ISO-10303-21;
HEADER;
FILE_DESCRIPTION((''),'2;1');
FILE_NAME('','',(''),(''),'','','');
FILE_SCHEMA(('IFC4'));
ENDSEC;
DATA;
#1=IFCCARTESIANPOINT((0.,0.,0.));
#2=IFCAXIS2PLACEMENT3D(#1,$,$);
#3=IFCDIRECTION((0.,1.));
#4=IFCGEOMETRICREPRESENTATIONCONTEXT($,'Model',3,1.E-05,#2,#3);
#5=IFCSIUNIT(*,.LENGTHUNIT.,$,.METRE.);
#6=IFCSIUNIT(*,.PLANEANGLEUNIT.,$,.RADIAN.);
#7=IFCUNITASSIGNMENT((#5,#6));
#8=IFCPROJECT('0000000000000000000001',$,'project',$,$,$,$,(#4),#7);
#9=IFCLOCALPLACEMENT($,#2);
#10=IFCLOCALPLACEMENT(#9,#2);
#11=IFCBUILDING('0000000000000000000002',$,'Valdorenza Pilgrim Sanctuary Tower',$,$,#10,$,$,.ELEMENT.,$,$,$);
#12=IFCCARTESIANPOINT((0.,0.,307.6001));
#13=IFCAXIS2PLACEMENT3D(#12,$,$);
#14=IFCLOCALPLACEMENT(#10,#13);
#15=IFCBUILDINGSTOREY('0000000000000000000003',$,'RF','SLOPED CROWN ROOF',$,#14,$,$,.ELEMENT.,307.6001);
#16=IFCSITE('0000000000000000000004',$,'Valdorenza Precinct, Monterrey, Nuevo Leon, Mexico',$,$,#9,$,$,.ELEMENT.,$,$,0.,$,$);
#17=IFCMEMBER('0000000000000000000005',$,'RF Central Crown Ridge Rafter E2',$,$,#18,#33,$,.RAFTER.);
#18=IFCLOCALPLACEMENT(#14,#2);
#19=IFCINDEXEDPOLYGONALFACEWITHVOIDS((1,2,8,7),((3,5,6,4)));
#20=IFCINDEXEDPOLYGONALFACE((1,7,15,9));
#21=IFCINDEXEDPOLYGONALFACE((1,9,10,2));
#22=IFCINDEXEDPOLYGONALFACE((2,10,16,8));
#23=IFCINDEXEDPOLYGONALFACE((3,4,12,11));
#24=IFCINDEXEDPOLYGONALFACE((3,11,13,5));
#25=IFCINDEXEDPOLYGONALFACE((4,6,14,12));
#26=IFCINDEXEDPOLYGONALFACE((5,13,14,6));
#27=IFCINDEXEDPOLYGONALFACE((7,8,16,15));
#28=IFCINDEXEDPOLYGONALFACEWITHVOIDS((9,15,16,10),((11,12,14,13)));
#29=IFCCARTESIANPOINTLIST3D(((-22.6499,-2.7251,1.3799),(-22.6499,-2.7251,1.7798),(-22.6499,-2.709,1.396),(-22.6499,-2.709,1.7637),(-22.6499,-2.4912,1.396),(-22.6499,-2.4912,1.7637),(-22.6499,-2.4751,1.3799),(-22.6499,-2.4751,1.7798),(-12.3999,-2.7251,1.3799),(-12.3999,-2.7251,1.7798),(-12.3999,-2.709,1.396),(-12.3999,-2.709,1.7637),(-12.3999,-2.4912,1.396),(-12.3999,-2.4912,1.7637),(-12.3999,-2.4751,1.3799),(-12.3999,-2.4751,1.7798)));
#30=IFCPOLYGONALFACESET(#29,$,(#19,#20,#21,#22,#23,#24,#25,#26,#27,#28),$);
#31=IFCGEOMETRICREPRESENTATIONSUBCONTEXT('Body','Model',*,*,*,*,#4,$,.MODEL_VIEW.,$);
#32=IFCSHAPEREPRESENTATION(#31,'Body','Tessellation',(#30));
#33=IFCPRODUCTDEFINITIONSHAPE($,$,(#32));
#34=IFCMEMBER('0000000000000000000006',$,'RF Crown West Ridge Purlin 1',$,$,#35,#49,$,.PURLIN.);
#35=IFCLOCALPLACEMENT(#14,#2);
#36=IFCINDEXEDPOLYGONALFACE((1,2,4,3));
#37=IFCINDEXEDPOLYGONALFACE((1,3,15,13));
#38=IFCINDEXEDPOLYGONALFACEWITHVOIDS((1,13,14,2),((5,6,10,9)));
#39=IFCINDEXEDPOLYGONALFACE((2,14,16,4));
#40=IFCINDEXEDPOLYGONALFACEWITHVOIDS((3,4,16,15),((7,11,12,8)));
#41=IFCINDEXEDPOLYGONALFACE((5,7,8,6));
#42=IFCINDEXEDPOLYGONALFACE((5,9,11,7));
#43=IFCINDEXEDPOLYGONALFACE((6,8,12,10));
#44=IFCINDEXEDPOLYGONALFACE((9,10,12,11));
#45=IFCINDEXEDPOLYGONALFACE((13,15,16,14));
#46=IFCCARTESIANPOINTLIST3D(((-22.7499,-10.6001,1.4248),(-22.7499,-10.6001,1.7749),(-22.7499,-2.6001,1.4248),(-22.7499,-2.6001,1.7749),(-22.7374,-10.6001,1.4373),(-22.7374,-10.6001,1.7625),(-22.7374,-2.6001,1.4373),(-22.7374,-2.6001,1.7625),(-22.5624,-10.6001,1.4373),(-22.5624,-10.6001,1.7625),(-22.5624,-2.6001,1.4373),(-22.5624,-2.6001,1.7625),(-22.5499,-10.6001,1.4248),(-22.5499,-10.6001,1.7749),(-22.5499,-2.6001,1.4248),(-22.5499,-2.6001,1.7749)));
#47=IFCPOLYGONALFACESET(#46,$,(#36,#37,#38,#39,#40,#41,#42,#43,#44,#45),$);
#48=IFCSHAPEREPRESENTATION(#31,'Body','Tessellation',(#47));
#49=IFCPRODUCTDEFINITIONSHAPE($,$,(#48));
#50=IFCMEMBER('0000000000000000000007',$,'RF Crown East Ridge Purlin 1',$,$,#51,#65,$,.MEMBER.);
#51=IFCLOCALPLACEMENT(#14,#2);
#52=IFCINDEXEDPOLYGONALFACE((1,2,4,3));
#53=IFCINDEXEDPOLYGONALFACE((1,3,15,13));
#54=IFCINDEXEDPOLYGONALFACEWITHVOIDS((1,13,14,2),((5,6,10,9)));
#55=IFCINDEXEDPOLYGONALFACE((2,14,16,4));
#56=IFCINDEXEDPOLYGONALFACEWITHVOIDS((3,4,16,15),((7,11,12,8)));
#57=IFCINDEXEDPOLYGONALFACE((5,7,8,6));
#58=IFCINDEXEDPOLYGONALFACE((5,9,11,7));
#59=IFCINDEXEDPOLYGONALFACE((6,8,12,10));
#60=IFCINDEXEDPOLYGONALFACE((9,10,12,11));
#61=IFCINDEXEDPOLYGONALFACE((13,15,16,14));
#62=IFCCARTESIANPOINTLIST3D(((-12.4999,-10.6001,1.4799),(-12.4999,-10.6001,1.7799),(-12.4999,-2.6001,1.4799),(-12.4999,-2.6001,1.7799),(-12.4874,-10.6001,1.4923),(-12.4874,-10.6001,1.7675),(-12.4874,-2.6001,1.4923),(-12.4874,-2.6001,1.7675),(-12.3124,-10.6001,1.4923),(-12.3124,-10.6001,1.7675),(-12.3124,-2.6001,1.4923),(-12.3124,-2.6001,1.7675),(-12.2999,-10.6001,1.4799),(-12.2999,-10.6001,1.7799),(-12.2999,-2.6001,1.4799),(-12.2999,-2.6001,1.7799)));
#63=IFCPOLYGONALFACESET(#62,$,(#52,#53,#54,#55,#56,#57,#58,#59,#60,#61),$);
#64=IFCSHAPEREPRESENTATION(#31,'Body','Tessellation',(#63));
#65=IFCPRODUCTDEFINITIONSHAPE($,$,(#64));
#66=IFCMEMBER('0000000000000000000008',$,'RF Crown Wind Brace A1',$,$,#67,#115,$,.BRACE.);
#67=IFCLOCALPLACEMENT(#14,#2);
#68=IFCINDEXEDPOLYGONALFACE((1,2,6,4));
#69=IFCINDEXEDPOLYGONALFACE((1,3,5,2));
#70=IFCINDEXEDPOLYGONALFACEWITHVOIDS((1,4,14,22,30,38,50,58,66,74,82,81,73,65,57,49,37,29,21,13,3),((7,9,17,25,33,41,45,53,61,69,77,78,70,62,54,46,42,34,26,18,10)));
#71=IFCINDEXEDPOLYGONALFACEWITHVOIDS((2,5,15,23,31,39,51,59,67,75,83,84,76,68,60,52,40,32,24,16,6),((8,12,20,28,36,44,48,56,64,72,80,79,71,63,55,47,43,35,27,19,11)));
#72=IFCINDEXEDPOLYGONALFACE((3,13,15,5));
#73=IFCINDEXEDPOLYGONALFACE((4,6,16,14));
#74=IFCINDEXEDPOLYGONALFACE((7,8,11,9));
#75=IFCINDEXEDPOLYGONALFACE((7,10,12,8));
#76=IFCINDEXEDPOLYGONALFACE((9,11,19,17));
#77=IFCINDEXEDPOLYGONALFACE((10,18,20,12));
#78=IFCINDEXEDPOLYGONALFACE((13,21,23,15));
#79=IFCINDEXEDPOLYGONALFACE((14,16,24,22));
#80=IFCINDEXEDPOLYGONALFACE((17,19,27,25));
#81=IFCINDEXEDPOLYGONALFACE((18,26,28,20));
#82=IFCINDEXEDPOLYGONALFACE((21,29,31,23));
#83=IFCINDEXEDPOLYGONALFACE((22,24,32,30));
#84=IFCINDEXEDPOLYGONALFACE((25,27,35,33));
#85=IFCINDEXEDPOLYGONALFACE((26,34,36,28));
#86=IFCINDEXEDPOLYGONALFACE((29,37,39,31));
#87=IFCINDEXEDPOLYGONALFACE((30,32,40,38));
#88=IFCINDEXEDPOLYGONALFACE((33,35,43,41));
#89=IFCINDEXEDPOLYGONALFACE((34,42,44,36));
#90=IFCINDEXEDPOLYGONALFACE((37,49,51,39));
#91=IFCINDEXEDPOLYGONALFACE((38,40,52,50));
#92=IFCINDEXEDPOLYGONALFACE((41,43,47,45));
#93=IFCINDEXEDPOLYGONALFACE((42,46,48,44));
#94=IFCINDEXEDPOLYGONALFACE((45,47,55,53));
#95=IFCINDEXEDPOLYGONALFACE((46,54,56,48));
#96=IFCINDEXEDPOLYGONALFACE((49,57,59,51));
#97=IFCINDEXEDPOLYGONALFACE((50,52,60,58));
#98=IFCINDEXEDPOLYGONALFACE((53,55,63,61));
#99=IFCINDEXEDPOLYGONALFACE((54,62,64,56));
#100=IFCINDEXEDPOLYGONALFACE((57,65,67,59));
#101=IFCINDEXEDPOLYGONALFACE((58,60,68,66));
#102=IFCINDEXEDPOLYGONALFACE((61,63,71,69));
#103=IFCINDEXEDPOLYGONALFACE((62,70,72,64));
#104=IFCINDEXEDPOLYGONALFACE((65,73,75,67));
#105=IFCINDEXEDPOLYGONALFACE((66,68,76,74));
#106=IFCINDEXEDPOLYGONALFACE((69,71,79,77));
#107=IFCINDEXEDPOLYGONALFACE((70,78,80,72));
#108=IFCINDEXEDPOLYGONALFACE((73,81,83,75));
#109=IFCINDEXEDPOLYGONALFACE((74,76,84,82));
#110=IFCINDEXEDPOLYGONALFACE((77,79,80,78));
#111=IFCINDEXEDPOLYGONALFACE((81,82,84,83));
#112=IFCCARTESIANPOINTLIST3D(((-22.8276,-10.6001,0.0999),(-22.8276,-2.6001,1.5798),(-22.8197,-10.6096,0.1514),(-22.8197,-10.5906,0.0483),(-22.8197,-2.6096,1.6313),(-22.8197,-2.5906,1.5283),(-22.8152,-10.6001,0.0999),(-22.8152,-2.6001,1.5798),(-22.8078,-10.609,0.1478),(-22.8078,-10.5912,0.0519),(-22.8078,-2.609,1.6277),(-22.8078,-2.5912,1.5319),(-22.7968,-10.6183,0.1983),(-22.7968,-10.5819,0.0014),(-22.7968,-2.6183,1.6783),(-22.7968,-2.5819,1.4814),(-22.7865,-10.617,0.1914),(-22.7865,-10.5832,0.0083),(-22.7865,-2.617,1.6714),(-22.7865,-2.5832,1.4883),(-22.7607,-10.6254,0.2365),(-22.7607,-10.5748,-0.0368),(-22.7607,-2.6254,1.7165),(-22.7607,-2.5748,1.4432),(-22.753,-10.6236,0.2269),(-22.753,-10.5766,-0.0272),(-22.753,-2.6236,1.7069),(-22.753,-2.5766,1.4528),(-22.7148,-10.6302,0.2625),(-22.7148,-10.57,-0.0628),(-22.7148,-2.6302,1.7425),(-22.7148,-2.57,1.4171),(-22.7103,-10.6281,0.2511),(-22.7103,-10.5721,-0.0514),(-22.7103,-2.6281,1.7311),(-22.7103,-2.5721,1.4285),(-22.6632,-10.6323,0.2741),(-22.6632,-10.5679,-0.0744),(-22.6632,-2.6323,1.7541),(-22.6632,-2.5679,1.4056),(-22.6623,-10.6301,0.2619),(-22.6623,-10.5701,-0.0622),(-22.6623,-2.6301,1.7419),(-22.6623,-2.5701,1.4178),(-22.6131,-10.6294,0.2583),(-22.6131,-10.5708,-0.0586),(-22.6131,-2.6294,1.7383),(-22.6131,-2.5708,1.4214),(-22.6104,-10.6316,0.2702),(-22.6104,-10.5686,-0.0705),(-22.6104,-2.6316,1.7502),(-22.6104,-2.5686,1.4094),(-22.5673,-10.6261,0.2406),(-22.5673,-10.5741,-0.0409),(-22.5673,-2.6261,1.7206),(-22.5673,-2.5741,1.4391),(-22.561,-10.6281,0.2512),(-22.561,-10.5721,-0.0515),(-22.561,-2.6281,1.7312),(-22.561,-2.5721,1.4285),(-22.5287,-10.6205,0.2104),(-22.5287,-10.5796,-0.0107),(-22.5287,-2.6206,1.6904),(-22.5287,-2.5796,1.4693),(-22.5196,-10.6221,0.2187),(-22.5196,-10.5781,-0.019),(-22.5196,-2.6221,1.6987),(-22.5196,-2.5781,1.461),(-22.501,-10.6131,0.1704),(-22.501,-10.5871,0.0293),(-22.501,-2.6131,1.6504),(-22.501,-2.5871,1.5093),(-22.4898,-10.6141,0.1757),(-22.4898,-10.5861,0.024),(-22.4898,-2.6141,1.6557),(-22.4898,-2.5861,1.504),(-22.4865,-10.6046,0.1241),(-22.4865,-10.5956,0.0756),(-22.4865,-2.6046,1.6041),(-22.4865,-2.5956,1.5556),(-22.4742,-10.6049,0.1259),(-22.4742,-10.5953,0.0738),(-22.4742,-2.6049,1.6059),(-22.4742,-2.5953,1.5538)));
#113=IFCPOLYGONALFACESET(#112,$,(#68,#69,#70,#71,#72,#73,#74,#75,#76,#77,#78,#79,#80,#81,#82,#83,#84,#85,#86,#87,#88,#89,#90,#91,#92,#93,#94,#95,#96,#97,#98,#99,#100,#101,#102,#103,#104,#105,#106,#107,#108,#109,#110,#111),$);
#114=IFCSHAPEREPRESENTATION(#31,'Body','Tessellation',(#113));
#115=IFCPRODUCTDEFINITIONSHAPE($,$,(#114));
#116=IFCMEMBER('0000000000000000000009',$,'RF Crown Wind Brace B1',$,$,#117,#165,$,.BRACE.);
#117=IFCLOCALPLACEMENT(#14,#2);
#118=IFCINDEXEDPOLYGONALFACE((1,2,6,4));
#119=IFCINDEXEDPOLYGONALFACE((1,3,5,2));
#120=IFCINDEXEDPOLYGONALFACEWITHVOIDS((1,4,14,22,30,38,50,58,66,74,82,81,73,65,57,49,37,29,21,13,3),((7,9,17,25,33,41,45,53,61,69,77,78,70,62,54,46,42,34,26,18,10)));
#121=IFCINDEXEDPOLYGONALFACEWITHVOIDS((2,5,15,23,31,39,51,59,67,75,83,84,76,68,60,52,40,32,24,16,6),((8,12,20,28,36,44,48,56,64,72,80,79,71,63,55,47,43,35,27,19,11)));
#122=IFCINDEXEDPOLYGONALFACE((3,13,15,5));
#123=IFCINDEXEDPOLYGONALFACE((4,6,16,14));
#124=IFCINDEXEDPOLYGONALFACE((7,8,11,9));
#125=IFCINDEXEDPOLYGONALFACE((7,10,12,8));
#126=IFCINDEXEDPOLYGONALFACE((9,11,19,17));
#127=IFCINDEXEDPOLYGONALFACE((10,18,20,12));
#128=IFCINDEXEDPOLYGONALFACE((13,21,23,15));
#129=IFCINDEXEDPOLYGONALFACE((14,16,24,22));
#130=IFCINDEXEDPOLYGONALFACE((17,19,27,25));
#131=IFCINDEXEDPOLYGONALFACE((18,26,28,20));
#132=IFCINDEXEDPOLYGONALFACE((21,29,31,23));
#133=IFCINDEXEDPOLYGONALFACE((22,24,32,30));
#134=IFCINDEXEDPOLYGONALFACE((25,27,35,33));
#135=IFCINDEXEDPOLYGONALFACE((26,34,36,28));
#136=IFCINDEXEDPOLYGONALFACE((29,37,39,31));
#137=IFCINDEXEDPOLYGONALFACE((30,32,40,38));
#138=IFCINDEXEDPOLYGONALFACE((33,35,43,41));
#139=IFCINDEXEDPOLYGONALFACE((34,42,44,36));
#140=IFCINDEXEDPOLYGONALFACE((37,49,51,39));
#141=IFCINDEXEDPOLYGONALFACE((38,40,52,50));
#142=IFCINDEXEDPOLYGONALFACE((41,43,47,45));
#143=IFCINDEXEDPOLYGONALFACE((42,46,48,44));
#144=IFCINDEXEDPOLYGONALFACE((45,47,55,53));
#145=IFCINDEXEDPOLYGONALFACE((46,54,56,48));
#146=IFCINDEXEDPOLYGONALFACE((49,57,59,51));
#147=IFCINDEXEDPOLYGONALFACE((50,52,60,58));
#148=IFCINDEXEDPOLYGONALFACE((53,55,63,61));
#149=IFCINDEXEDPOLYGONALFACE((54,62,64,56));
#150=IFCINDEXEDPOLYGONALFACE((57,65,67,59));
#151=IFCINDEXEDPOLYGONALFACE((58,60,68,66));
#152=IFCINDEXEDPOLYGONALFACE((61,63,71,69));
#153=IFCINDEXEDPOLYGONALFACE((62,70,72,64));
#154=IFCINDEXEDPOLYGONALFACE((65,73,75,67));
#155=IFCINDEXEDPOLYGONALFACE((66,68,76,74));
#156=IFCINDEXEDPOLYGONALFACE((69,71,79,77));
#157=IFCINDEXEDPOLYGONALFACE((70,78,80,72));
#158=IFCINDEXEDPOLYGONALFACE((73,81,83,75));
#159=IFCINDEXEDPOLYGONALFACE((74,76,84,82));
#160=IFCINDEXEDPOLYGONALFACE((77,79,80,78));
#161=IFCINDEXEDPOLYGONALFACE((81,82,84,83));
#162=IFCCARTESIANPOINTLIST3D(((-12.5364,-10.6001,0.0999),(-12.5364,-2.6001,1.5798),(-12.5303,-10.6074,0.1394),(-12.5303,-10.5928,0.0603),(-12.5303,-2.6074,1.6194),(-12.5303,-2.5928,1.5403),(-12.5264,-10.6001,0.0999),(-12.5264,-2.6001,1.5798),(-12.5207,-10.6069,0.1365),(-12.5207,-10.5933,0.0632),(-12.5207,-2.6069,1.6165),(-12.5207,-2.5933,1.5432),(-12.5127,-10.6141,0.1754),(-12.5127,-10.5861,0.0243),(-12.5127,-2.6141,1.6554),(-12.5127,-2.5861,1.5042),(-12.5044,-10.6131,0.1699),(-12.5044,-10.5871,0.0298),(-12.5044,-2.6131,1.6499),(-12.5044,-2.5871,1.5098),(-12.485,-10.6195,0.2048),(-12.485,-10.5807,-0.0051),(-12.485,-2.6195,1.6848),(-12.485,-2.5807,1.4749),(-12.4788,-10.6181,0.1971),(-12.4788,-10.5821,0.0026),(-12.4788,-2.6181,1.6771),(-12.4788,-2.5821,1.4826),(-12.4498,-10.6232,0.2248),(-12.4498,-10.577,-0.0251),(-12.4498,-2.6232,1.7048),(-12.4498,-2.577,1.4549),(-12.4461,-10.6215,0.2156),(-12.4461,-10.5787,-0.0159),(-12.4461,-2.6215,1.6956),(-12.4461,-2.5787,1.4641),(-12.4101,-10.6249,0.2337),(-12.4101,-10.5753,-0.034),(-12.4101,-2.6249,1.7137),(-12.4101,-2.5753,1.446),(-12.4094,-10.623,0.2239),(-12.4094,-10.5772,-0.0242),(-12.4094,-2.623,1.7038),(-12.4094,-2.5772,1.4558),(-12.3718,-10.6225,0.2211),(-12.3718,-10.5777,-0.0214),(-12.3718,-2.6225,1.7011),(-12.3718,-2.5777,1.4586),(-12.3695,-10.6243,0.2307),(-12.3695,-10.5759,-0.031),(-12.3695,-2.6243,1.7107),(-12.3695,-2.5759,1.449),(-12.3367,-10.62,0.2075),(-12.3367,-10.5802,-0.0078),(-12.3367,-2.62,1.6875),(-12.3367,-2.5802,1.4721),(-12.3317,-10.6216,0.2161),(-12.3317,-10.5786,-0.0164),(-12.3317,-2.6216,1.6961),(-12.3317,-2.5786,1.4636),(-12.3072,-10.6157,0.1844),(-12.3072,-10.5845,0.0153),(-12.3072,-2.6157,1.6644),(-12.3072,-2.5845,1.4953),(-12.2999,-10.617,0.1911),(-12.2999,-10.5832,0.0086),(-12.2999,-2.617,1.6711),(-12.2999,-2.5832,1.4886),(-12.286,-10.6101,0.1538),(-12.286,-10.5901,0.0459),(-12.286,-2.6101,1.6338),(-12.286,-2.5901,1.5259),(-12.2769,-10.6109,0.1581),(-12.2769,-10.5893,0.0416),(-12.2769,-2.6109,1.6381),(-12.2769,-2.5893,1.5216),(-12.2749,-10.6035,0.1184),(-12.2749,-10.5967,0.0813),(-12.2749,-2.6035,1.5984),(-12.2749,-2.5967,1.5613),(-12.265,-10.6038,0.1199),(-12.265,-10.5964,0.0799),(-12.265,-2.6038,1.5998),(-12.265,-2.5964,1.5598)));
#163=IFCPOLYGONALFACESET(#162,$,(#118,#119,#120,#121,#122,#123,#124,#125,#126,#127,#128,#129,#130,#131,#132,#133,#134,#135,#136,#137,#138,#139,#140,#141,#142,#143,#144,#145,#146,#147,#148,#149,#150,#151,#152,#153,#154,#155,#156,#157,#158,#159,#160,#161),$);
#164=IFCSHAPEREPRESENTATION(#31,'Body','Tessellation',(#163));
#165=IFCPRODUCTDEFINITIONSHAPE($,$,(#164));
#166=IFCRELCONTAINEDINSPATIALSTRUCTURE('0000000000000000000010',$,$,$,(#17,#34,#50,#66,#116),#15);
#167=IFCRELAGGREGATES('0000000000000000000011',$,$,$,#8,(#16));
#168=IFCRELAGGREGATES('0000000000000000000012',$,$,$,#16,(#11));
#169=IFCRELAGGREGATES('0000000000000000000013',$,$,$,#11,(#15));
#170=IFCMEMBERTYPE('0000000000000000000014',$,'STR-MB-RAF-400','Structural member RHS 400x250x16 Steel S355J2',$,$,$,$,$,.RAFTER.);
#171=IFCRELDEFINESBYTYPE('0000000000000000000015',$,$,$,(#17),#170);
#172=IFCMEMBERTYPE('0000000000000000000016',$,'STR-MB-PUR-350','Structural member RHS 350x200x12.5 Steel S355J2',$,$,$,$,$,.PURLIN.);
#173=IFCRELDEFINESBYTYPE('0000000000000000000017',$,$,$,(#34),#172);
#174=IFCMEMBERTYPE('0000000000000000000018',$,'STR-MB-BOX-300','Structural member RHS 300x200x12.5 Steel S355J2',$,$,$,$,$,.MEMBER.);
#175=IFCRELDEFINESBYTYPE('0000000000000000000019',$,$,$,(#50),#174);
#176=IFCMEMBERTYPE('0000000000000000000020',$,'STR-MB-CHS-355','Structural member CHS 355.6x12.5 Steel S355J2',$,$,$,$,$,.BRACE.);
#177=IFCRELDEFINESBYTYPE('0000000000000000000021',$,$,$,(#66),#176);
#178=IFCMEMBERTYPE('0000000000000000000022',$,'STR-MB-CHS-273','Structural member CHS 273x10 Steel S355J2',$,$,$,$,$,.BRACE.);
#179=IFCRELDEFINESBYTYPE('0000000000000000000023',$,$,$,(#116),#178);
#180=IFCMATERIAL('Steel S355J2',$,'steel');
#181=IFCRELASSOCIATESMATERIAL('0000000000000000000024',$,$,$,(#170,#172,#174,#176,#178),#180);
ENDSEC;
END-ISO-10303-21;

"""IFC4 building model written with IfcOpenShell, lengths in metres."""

from ifc_helpers import new_model, si_unit, direction, frame, origin, origin_2d, place, context, subcontext, project, spatial, hollow_rectangle, hollow_circle, extrude, source, transform, mapped, material, material_profile, profile_set, type_object, element, save


model = new_model("IFC4")

# Units and contexts
model_context = context("Model", 3, precision=1e-05, world=origin(), true_north=direction((0.0, 1.0)))
body_context = subcontext(model_context, "Body", "Model", "MODEL_VIEW")
ifc_project = project(units=[si_unit("LENGTHUNIT", "METRE"), si_unit("PLANEANGLEUNIT", "RADIAN")], contexts=[model_context])

# Site, building, storey
site_placement = place(None, origin())
site = spatial("IfcSite", under=ifc_project, at=site_placement, Name="Valdorenza Precinct, Monterrey, Nuevo Leon, Mexico", CompositionType="ELEMENT", RefElevation=0.0)
building_placement = place(site_placement, origin())
building = spatial("IfcBuilding", under=site, at=building_placement, Name="Valdorenza Pilgrim Sanctuary Tower", CompositionType="ELEMENT")
storey_placement = place(building_placement, frame((0.0, 0.0, 307.6001)))
storey = spatial("IfcBuildingStorey", under=building, at=storey_placement, Name="RF", Description="SLOPED CROWN ROOF", CompositionType="ELEMENT", Elevation=307.6001)

# Members
ifc_material_1 = material(Name="Steel S355J2", Category="steel")
ifc_material_profile_1 = material_profile(ifc_material_1, hollow_rectangle(XDim=0.25, YDim=0.3999, WallThickness=0.0161, at=origin_2d()), Name="RHS 400x250x16")
ifc_profile_set_1 = profile_set([ifc_material_profile_1], Name="Steel S355J2")
member_type_1 = type_object("IfcMemberType", Name="STR-MB-RAF-400", Description="Structural member RHS 400x250x16 Steel S355J2", PredefinedType="RAFTER", material=ifc_profile_set_1)
shared_shape_1 = source(origin(), body_context, "Body", "SweptSolid", [
    extrude(hollow_rectangle(XDim=0.25, YDim=0.3999, WallThickness=0.0161, at=origin_2d()), origin(), (0.0, 0.0, 1.0), 10.25),
])
for number, where, z_axis, x_axis, name in (
    (1, (-22.6499, -2.6001, 1.5798), (1.0, 0.0, 0.0), (0.0, 1.0, 0.0), "RF Central Crown Ridge Rafter E2"),
):
    element("IfcMember", number, at=place(storey_placement, frame(where, z_axis=z_axis, x_axis=x_axis)), inside=storey, type_object=member_type_1, Name=name, PredefinedType="RAFTER", context=body_context, shape_type="MappedRepresentation", body=[
        mapped(shared_shape_1, transform((0.0, 0.0, 0.0), x_axis=(1.0, 0.0, 0.0), y_axis=(0.0, 1.0, 0.0), z_axis=(0.0, 0.0, 1.0), scale=1.0)),
    ])
ifc_material_profile_2 = material_profile(ifc_material_1, hollow_rectangle(XDim=0.2, YDim=0.3501, WallThickness=0.0125, at=origin_2d()), Name="RHS 350x200x12.5")
ifc_profile_set_2 = profile_set([ifc_material_profile_2], Name="Steel S355J2")
member_type_2 = type_object("IfcMemberType", Name="STR-MB-PUR-350", Description="Structural member RHS 350x200x12.5 Steel S355J2", PredefinedType="PURLIN", material=ifc_profile_set_2)
shared_shape_2 = source(origin(), body_context, "Body", "SweptSolid", [
    extrude(hollow_rectangle(XDim=0.2, YDim=0.3501, WallThickness=0.0125, at=origin_2d()), origin(), (0.0, 0.0, 1.0), 8.0),
])
member_1_placement = place(storey_placement, frame((-22.6499, -10.6001, 1.5999), z_axis=(0.0, 1.0, 0.0), x_axis=(-1.0, 0.0, 0.0)))
element("IfcMember", 2, at=member_1_placement, inside=storey, type_object=member_type_2, Name="RF Crown West Ridge Purlin 1", PredefinedType="PURLIN", context=body_context, shape_type="MappedRepresentation", body=[
    mapped(shared_shape_2, transform((0.0, 0.0, 0.0), x_axis=(1.0, 0.0, 0.0), y_axis=(0.0, 1.0, 0.0), z_axis=(0.0, 0.0, 1.0), scale=1.0)),
])
ifc_material_profile_3 = material_profile(ifc_material_1, hollow_rectangle(XDim=0.2, YDim=0.3, WallThickness=0.0125, at=origin_2d()), Name="RHS 300x200x12.5")
ifc_profile_set_3 = profile_set([ifc_material_profile_3], Name="Steel S355J2")
member_type_3 = type_object("IfcMemberType", Name="STR-MB-BOX-300", Description="Structural member RHS 300x200x12.5 Steel S355J2", PredefinedType="MEMBER", material=ifc_profile_set_3)
shared_shape_3 = source(origin(), body_context, "Body", "SweptSolid", [
    extrude(hollow_rectangle(XDim=0.2, YDim=0.3, WallThickness=0.0125, at=origin_2d()), origin(), (0.0, 0.0, 1.0), 8.0),
])
member_2_placement = place(storey_placement, frame((-12.3999, -10.6001, 1.6299), z_axis=(0.0, 1.0, 0.0), x_axis=(-1.0, 0.0, 0.0)))
element("IfcMember", 3, at=member_2_placement, inside=storey, type_object=member_type_3, Name="RF Crown East Ridge Purlin 1", PredefinedType="MEMBER", context=body_context, shape_type="MappedRepresentation", body=[
    mapped(shared_shape_3, transform((0.0, 0.0, 0.0), x_axis=(1.0, 0.0, 0.0), y_axis=(0.0, 1.0, 0.0), z_axis=(0.0, 0.0, 1.0), scale=1.0)),
])
ifc_material_profile_4 = material_profile(ifc_material_1, hollow_circle(Radius=0.1777, WallThickness=0.0125, at=origin_2d()), Name="CHS 355.6x12.5")
ifc_profile_set_4 = profile_set([ifc_material_profile_4], Name="Steel S355J2")
member_type_4 = type_object("IfcMemberType", Name="STR-MB-CHS-355", Description="Structural member CHS 355.6x12.5 Steel S355J2", PredefinedType="BRACE", material=ifc_profile_set_4)
shared_shape_4 = source(origin(), body_context, "Body", "SweptSolid", [
    extrude(hollow_circle(Radius=0.1777, WallThickness=0.0125, at=origin_2d()), origin(), (0.0, 0.0, 1.0), 8.1357),
])
member_3_placement = place(storey_placement, frame((-22.6499, -10.6001, 0.0999), z_axis=(0.0, 0.983315, 0.181911), x_axis=(-1.0, 0.0, 0.0)))
element("IfcMember", 4, at=member_3_placement, inside=storey, type_object=member_type_4, Name="RF Crown Wind Brace A1", PredefinedType="BRACE", context=body_context, shape_type="MappedRepresentation", body=[
    mapped(shared_shape_4, transform((0.0, 0.0, 0.0), x_axis=(1.0, 0.0, 0.0), y_axis=(0.0, 1.0, 0.0), z_axis=(0.0, 0.0, 1.0), scale=1.0)),
])
ifc_material_profile_5 = material_profile(ifc_material_1, hollow_circle(Radius=0.1365, WallThickness=0.01, at=origin_2d()), Name="CHS 273x10")
ifc_profile_set_5 = profile_set([ifc_material_profile_5], Name="Steel S355J2")
member_type_5 = type_object("IfcMemberType", Name="STR-MB-CHS-273", Description="Structural member CHS 273x10 Steel S355J2", PredefinedType="BRACE", material=ifc_profile_set_5)
shared_shape_5 = source(origin(), body_context, "Body", "SweptSolid", [
    extrude(hollow_circle(Radius=0.1365, WallThickness=0.01, at=origin_2d()), origin(), (0.0, 0.0, 1.0), 8.1357),
])
member_4_placement = place(storey_placement, frame((-12.3999, -10.6001, 0.0999), z_axis=(0.0, 0.983315, 0.181911), x_axis=(-1.0, 0.0, 0.0)))
element("IfcMember", 5, at=member_4_placement, inside=storey, type_object=member_type_5, Name="RF Crown Wind Brace B1", PredefinedType="BRACE", context=body_context, shape_type="MappedRepresentation", body=[
    mapped(shared_shape_5, transform((0.0, 0.0, 0.0), x_axis=(1.0, 0.0, 0.0), y_axis=(0.0, 1.0, 0.0), z_axis=(0.0, 0.0, 1.0), scale=1.0)),
])

save(model, "model.ifc")
